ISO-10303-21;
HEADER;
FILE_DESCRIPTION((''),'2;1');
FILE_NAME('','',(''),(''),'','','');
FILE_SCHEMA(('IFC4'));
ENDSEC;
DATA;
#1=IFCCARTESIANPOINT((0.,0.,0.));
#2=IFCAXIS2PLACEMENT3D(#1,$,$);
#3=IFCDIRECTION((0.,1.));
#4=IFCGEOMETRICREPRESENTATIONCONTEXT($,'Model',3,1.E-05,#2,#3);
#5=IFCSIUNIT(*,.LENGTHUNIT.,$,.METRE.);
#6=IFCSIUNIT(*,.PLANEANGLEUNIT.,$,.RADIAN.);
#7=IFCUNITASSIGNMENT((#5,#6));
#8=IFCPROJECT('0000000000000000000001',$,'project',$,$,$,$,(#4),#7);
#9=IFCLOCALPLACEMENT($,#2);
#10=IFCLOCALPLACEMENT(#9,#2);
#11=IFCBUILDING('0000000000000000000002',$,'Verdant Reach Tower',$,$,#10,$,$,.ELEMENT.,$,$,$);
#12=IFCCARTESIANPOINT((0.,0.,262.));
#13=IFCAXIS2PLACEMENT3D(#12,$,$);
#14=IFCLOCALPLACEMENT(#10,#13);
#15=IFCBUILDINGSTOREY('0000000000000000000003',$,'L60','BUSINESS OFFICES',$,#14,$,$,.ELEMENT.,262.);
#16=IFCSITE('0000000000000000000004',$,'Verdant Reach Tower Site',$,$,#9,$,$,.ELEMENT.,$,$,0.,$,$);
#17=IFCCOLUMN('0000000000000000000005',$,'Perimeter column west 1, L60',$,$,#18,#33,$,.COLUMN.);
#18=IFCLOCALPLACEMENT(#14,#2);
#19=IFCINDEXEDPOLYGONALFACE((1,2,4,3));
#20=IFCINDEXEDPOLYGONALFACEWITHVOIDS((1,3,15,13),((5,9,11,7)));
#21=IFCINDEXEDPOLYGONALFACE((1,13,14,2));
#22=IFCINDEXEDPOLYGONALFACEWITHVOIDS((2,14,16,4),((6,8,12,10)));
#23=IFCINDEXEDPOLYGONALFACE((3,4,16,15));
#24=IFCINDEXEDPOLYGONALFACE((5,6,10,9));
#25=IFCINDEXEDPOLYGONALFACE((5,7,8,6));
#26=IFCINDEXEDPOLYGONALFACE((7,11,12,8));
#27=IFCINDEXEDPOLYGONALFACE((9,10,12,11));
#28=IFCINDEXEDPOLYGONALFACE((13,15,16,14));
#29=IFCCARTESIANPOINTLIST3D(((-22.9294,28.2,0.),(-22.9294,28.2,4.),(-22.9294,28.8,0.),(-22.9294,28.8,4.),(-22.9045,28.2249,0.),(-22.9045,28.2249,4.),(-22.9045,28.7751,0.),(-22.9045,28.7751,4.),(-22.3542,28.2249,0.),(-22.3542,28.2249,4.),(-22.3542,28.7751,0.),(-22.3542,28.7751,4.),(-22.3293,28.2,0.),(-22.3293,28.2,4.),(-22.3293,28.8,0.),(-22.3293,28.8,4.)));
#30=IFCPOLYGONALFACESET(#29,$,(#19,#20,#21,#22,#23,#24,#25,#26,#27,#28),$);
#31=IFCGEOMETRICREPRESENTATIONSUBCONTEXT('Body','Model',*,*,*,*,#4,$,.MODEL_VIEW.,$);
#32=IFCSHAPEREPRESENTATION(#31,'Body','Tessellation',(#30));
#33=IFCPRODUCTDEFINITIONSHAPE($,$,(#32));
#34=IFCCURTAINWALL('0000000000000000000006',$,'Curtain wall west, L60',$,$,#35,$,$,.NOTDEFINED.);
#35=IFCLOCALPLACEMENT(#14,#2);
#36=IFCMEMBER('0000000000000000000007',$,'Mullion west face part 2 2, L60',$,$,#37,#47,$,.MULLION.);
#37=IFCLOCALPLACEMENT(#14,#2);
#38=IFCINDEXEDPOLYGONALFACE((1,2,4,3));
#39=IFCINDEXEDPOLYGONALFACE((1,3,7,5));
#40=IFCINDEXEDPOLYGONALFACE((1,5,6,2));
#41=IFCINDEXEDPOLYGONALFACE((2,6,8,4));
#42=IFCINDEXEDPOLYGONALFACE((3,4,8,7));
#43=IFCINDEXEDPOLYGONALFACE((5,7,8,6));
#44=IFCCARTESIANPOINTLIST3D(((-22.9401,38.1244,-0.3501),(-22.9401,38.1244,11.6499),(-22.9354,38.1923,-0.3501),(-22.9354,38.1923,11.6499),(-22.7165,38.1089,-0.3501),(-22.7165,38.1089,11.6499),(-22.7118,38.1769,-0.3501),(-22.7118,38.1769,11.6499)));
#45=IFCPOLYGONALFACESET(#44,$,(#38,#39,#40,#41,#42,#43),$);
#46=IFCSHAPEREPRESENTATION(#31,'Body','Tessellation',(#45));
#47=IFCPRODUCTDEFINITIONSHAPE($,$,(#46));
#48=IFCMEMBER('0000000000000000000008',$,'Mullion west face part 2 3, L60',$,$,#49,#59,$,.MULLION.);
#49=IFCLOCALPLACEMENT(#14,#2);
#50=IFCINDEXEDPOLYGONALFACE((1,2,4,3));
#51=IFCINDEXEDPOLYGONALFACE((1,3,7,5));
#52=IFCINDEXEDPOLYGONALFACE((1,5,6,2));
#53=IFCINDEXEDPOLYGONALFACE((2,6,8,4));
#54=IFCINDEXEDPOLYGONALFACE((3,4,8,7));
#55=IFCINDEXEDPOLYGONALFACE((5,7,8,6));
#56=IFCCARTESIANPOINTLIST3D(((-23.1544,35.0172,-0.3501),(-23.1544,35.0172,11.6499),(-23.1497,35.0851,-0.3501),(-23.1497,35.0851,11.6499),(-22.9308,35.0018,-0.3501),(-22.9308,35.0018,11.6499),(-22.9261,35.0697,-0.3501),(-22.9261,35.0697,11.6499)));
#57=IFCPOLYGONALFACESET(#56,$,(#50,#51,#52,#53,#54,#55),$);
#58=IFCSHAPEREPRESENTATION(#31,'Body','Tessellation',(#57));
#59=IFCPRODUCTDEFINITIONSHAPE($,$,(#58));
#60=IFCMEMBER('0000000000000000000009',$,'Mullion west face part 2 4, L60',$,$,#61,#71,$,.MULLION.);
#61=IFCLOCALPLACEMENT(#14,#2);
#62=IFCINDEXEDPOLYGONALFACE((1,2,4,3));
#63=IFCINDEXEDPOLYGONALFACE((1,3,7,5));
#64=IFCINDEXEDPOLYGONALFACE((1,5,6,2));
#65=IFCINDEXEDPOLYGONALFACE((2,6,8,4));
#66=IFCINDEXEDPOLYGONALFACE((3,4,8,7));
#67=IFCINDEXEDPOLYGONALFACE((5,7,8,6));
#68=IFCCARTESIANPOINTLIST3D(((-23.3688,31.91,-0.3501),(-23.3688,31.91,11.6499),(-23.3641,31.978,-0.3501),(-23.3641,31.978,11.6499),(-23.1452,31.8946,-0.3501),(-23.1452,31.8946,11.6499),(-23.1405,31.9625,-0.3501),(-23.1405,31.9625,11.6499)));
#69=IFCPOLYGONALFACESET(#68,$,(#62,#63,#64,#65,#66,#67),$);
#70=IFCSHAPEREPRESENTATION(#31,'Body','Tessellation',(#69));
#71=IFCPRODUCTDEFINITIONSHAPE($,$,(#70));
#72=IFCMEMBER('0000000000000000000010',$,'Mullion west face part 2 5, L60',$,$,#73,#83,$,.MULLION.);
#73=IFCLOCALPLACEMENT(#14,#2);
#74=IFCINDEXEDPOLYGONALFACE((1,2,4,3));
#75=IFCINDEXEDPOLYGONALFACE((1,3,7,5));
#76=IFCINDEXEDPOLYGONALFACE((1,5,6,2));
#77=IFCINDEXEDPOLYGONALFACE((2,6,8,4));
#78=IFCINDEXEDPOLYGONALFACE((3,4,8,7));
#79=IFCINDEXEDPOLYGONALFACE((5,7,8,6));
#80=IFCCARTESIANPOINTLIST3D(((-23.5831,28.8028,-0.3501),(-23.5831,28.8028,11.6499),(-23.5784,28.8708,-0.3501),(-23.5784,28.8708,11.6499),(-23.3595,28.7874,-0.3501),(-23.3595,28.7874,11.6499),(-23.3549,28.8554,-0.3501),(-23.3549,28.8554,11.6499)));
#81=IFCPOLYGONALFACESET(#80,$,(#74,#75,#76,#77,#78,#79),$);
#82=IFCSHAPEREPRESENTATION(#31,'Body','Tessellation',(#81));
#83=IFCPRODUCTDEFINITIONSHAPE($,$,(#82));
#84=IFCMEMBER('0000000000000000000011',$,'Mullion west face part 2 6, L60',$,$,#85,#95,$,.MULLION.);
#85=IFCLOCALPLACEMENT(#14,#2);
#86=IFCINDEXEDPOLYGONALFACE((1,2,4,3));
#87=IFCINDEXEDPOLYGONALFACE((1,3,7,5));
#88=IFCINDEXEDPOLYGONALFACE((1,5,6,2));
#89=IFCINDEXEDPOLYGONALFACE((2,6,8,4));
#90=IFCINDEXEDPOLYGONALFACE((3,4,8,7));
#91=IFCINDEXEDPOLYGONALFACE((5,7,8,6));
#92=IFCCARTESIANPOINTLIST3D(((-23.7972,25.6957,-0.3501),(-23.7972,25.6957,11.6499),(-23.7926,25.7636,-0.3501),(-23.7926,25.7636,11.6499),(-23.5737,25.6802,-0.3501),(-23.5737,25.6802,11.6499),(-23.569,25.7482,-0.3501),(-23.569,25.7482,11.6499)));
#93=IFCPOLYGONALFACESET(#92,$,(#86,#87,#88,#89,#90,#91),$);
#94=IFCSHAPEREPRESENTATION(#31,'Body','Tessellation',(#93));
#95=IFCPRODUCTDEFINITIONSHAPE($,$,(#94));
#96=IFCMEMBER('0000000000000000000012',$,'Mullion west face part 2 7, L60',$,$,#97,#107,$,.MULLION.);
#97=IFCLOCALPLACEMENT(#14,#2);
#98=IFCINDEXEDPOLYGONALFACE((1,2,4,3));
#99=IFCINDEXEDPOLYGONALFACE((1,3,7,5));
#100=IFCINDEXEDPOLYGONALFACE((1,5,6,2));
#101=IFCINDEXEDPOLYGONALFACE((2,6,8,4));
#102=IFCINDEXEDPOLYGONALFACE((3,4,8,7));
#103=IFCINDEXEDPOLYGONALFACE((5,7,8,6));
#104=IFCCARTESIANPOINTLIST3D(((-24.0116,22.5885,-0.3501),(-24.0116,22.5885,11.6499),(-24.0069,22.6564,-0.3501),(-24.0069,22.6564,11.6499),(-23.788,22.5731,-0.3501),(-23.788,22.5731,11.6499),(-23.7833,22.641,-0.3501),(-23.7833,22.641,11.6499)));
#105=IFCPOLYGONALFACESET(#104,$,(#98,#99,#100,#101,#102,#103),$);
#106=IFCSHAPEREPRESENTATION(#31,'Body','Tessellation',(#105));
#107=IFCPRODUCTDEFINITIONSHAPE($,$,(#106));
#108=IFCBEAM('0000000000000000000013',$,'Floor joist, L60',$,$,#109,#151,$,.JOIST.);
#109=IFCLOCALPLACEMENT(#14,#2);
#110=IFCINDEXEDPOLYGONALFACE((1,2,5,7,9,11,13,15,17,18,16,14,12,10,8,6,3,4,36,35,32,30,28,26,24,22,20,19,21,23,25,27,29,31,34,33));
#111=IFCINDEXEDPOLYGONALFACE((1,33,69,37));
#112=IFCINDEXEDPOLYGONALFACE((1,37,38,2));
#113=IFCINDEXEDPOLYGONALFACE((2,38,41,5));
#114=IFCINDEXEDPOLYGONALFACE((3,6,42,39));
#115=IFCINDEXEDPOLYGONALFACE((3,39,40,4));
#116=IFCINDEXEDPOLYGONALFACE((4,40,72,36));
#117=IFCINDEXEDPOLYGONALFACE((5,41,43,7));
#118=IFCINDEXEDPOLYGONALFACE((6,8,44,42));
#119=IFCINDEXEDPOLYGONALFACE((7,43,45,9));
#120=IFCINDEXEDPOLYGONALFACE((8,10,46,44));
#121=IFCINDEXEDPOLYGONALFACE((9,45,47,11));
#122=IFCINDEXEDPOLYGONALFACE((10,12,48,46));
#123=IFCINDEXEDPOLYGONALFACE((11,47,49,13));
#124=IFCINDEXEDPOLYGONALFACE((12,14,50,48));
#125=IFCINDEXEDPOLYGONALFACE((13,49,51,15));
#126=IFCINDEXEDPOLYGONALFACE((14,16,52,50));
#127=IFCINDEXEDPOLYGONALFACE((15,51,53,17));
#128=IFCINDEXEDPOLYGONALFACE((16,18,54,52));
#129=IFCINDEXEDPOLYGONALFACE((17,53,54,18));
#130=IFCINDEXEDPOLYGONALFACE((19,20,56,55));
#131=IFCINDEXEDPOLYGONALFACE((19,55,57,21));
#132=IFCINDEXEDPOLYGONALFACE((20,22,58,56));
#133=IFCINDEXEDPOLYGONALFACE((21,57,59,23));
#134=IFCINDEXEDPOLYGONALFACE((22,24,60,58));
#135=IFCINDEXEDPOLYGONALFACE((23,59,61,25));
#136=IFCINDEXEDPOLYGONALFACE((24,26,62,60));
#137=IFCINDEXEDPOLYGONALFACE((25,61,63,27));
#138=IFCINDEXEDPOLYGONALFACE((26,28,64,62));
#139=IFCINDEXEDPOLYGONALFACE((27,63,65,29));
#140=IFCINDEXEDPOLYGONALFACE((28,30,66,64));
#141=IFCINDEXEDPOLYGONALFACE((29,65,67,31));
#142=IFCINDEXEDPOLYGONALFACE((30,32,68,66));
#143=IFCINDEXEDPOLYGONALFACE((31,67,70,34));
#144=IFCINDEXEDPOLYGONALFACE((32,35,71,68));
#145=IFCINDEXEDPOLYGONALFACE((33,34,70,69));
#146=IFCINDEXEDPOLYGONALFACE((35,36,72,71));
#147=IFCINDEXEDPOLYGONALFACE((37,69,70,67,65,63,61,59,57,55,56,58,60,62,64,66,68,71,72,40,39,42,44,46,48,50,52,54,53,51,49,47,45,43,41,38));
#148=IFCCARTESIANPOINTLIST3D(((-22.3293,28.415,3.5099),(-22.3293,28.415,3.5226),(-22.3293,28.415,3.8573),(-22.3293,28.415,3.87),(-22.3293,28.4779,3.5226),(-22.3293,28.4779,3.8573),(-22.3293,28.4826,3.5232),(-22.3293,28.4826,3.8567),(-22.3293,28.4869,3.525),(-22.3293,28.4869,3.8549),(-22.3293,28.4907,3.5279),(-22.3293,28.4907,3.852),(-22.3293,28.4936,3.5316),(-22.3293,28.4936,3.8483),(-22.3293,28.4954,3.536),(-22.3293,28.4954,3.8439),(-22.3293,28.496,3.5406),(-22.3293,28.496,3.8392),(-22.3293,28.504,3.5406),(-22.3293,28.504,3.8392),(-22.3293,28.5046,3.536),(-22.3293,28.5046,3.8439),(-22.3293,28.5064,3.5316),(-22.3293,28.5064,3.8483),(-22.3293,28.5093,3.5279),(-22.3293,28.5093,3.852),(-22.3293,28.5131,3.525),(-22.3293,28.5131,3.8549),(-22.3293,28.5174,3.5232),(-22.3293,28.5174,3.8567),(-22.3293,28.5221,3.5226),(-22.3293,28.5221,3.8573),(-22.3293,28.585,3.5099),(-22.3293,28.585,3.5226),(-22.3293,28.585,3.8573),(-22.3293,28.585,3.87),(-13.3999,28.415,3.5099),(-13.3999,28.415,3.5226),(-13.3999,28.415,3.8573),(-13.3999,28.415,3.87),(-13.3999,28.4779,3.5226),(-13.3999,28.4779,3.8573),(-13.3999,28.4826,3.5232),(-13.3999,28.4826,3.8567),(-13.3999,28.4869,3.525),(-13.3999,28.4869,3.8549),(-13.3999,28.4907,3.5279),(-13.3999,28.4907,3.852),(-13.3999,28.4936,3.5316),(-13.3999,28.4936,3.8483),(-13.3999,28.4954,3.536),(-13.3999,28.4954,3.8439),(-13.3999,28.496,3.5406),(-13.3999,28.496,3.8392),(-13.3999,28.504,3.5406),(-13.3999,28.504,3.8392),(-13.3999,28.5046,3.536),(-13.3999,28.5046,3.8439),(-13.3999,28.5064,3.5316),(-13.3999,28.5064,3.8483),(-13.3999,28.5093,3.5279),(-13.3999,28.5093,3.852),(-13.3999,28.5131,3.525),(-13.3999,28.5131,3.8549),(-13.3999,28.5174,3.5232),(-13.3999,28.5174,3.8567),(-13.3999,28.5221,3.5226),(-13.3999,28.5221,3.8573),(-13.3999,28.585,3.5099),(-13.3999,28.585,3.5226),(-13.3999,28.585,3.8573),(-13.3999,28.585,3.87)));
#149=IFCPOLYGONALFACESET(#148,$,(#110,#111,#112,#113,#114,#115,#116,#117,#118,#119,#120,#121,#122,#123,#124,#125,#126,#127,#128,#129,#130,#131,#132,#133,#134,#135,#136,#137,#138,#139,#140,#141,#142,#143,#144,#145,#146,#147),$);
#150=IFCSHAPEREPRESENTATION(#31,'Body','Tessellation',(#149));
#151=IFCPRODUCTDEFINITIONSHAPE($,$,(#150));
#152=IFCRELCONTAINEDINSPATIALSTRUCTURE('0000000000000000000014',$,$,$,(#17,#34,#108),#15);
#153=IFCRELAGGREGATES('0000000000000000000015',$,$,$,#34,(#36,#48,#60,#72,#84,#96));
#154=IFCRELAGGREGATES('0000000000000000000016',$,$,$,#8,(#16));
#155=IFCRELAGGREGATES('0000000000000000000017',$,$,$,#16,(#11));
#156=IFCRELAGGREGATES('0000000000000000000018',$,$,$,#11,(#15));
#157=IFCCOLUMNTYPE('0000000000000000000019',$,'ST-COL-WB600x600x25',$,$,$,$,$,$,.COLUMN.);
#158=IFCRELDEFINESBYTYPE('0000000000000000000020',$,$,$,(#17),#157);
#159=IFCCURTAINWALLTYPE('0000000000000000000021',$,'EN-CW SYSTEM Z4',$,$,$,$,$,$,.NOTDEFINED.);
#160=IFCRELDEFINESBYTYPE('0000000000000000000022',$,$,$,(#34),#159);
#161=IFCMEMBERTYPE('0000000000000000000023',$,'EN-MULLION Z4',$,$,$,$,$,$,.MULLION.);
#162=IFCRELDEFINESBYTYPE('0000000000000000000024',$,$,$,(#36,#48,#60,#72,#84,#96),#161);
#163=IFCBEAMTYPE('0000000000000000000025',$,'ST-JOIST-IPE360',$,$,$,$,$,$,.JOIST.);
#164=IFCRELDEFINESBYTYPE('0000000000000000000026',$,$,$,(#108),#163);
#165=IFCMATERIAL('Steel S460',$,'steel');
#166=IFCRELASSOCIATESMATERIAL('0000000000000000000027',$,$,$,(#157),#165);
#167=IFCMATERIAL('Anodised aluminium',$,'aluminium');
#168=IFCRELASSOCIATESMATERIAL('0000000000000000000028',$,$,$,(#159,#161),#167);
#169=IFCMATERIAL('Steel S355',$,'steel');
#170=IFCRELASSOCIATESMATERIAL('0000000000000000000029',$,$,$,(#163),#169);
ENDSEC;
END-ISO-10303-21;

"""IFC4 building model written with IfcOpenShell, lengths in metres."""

from ifc_helpers import new_model, si_unit, direction, frame, origin, origin_2d, place, context, subcontext, project, spatial, rectangle, hollow_rectangle, i_section, extrude, material, material_profile, profile_set, type_object, element, aggregate, save


model = new_model("IFC4")

# Units and contexts
model_context = context("Model", 3, precision=1e-05, world=origin(), true_north=direction((0.0, 1.0)))
body_context = subcontext(model_context, "Body", "Model", "MODEL_VIEW")
ifc_project = project(units=[si_unit("LENGTHUNIT", "METRE"), si_unit("PLANEANGLEUNIT", "RADIAN")], contexts=[model_context])

# Site, building, storey
site_placement = place(None, origin())
site = spatial("IfcSite", under=ifc_project, at=site_placement, Name="Verdant Reach Tower Site", CompositionType="ELEMENT", RefElevation=0.0)
building_placement = place(site_placement, origin())
building = spatial("IfcBuilding", under=site, at=building_placement, Name="Verdant Reach Tower", CompositionType="ELEMENT")
storey_placement = place(building_placement, frame((0.0, 0.0, 262.0)))
storey = spatial("IfcBuildingStorey", under=building, at=storey_placement, Name="L60", Description="BUSINESS OFFICES", CompositionType="ELEMENT", Elevation=262.0)

# Column
ifc_material_1 = material(Name="Steel S460", Category="steel")
ifc_material_profile_1 = material_profile(ifc_material_1, hollow_rectangle(XDim=0.6001, YDim=0.6001, WallThickness=0.0249, at=origin_2d()), Name="WB 600x600x25")
ifc_profile_set_1 = profile_set([ifc_material_profile_1], Name="Steel S460")
column_type = type_object("IfcColumnType", Name="ST-COL-WB600x600x25", PredefinedType="COLUMN", material=ifc_profile_set_1)
column_placement = place(storey_placement, frame((-22.6294, 28.5, 0.0), z_axis=(0.0, 0.0, 1.0), x_axis=(1.0, 0.0, 0.0)))
element("IfcColumn", 1, at=column_placement, inside=storey, type_object=column_type, Name="Perimeter column west 1, L60", PredefinedType="COLUMN", context=body_context, shape_type="SweptSolid", body=[
    extrude(hollow_rectangle(XDim=0.6001, YDim=0.6001, WallThickness=0.0249, at=origin_2d()), origin(), (0.0, 0.0, 1.0), 4.0),
])

# Curtain wall, members
ifc_material_2 = material(Name="Anodised aluminium", Category="aluminium")
curtain_wall_type = type_object("IfcCurtainWallType", Name="EN-CW SYSTEM Z4", PredefinedType="NOTDEFINED", material=ifc_material_2)
curtain_wall_placement = place(storey_placement, origin())
curtain_wall = element("IfcCurtainWall", 2, at=curtain_wall_placement, inside=storey, type_object=curtain_wall_type, Name="Curtain wall west, L60", PredefinedType="NOTDEFINED")
ifc_material_profile_2 = material_profile(ifc_material_2, rectangle(XDim=0.2241, YDim=0.0681, at=origin_2d()), Name="Mullion 68x224")
ifc_profile_set_2 = profile_set([ifc_material_profile_2], Name="Anodised aluminium")
member_type = type_object("IfcMemberType", Name="EN-MULLION Z4", PredefinedType="MULLION", material=ifc_profile_set_2)
member_1_placement = place(storey_placement, frame((-22.8259, 38.1506, -0.3501), z_axis=(0.0, 0.0, 1.0), x_axis=(-0.99763, 0.068802, 0.0)))
member_1 = element("IfcMember", 3, at=member_1_placement, type_object=member_type, Name="Mullion west face part 2 2, L60", PredefinedType="MULLION", context=body_context, shape_type="SweptSolid", body=[
    extrude(rectangle(XDim=0.2241, YDim=0.0681, at=origin_2d()), origin(), (0.0, 0.0, 1.0), 12.0),
])
member_2_placement = place(storey_placement, frame((-23.0403, 35.0435, -0.3501), z_axis=(0.0, 0.0, 1.0), x_axis=(-0.99763, 0.068802, 0.0)))
member_2 = element("IfcMember", 4, at=member_2_placement, type_object=member_type, Name="Mullion west face part 2 3, L60", PredefinedType="MULLION", context=body_context, shape_type="SweptSolid", body=[
    extrude(rectangle(XDim=0.2241, YDim=0.0681, at=origin_2d()), origin(), (0.0, 0.0, 1.0), 12.0),
])
member_3_placement = place(storey_placement, frame((-23.2546, 31.9363, -0.3501), z_axis=(0.0, 0.0, 1.0), x_axis=(-0.99763, 0.068802, 0.0)))
member_3 = element("IfcMember", 5, at=member_3_placement, type_object=member_type, Name="Mullion west face part 2 4, L60", PredefinedType="MULLION", context=body_context, shape_type="SweptSolid", body=[
    extrude(rectangle(XDim=0.2241, YDim=0.0681, at=origin_2d()), origin(), (0.0, 0.0, 1.0), 12.0),
])
member_4_placement = place(storey_placement, frame((-23.469, 28.8291, -0.3501), z_axis=(0.0, 0.0, 1.0), x_axis=(-0.99763, 0.068802, 0.0)))
member_4 = element("IfcMember", 6, at=member_4_placement, type_object=member_type, Name="Mullion west face part 2 5, L60", PredefinedType="MULLION", context=body_context, shape_type="SweptSolid", body=[
    extrude(rectangle(XDim=0.2241, YDim=0.0681, at=origin_2d()), origin(), (0.0, 0.0, 1.0), 12.0),
])
member_5_placement = place(storey_placement, frame((-23.6831, 25.7219, -0.3501), z_axis=(0.0, 0.0, 1.0), x_axis=(-0.99763, 0.068802, 0.0)))
member_5 = element("IfcMember", 7, at=member_5_placement, type_object=member_type, Name="Mullion west face part 2 6, L60", PredefinedType="MULLION", context=body_context, shape_type="SweptSolid", body=[
    extrude(rectangle(XDim=0.2241, YDim=0.0681, at=origin_2d()), origin(), (0.0, 0.0, 1.0), 12.0),
])
member_6_placement = place(storey_placement, frame((-23.8975, 22.6147, -0.3501), z_axis=(0.0, 0.0, 1.0), x_axis=(-0.99763, 0.068802, 0.0)))
member_6 = element("IfcMember", 8, at=member_6_placement, type_object=member_type, Name="Mullion west face part 2 7, L60", PredefinedType="MULLION", context=body_context, shape_type="SweptSolid", body=[
    extrude(rectangle(XDim=0.2241, YDim=0.0681, at=origin_2d()), origin(), (0.0, 0.0, 1.0), 12.0),
])

# Beam
ifc_material_3 = material(Name="Steel S355", Category="steel")
ifc_material_profile_3 = material_profile(ifc_material_3, i_section(OverallWidth=0.1699, OverallDepth=0.3601, WebThickness=0.0081, FlangeThickness=0.0127, FilletRadius=0.0181, at=origin_2d()), Name="IPE 360")
ifc_profile_set_3 = profile_set([ifc_material_profile_3], Name="Steel S355")
beam_type_1 = type_object("IfcBeamType", Name="ST-JOIST-IPE360", PredefinedType="JOIST", material=ifc_profile_set_3)
beam_1_placement = place(storey_placement, frame((-13.3999, 28.5, 3.6899), z_axis=(-1.0, 0.0, 0.0), x_axis=(0.0, -1.0, 0.0)))
element("IfcBeam", 9, at=beam_1_placement, inside=storey, type_object=beam_type_1, Name="Floor joist, L60", PredefinedType="JOIST", context=body_context, shape_type="SweptSolid", body=[
    extrude(i_section(OverallWidth=0.1699, OverallDepth=0.3601, WebThickness=0.0081, FlangeThickness=0.0127, FilletRadius=0.0181, at=origin_2d()), origin(), (0.0, 0.0, 1.0), 8.9294),
])

aggregate(curtain_wall, [member_1, member_2, member_3, member_4, member_5, member_6])

save(model, "model.ifc")
